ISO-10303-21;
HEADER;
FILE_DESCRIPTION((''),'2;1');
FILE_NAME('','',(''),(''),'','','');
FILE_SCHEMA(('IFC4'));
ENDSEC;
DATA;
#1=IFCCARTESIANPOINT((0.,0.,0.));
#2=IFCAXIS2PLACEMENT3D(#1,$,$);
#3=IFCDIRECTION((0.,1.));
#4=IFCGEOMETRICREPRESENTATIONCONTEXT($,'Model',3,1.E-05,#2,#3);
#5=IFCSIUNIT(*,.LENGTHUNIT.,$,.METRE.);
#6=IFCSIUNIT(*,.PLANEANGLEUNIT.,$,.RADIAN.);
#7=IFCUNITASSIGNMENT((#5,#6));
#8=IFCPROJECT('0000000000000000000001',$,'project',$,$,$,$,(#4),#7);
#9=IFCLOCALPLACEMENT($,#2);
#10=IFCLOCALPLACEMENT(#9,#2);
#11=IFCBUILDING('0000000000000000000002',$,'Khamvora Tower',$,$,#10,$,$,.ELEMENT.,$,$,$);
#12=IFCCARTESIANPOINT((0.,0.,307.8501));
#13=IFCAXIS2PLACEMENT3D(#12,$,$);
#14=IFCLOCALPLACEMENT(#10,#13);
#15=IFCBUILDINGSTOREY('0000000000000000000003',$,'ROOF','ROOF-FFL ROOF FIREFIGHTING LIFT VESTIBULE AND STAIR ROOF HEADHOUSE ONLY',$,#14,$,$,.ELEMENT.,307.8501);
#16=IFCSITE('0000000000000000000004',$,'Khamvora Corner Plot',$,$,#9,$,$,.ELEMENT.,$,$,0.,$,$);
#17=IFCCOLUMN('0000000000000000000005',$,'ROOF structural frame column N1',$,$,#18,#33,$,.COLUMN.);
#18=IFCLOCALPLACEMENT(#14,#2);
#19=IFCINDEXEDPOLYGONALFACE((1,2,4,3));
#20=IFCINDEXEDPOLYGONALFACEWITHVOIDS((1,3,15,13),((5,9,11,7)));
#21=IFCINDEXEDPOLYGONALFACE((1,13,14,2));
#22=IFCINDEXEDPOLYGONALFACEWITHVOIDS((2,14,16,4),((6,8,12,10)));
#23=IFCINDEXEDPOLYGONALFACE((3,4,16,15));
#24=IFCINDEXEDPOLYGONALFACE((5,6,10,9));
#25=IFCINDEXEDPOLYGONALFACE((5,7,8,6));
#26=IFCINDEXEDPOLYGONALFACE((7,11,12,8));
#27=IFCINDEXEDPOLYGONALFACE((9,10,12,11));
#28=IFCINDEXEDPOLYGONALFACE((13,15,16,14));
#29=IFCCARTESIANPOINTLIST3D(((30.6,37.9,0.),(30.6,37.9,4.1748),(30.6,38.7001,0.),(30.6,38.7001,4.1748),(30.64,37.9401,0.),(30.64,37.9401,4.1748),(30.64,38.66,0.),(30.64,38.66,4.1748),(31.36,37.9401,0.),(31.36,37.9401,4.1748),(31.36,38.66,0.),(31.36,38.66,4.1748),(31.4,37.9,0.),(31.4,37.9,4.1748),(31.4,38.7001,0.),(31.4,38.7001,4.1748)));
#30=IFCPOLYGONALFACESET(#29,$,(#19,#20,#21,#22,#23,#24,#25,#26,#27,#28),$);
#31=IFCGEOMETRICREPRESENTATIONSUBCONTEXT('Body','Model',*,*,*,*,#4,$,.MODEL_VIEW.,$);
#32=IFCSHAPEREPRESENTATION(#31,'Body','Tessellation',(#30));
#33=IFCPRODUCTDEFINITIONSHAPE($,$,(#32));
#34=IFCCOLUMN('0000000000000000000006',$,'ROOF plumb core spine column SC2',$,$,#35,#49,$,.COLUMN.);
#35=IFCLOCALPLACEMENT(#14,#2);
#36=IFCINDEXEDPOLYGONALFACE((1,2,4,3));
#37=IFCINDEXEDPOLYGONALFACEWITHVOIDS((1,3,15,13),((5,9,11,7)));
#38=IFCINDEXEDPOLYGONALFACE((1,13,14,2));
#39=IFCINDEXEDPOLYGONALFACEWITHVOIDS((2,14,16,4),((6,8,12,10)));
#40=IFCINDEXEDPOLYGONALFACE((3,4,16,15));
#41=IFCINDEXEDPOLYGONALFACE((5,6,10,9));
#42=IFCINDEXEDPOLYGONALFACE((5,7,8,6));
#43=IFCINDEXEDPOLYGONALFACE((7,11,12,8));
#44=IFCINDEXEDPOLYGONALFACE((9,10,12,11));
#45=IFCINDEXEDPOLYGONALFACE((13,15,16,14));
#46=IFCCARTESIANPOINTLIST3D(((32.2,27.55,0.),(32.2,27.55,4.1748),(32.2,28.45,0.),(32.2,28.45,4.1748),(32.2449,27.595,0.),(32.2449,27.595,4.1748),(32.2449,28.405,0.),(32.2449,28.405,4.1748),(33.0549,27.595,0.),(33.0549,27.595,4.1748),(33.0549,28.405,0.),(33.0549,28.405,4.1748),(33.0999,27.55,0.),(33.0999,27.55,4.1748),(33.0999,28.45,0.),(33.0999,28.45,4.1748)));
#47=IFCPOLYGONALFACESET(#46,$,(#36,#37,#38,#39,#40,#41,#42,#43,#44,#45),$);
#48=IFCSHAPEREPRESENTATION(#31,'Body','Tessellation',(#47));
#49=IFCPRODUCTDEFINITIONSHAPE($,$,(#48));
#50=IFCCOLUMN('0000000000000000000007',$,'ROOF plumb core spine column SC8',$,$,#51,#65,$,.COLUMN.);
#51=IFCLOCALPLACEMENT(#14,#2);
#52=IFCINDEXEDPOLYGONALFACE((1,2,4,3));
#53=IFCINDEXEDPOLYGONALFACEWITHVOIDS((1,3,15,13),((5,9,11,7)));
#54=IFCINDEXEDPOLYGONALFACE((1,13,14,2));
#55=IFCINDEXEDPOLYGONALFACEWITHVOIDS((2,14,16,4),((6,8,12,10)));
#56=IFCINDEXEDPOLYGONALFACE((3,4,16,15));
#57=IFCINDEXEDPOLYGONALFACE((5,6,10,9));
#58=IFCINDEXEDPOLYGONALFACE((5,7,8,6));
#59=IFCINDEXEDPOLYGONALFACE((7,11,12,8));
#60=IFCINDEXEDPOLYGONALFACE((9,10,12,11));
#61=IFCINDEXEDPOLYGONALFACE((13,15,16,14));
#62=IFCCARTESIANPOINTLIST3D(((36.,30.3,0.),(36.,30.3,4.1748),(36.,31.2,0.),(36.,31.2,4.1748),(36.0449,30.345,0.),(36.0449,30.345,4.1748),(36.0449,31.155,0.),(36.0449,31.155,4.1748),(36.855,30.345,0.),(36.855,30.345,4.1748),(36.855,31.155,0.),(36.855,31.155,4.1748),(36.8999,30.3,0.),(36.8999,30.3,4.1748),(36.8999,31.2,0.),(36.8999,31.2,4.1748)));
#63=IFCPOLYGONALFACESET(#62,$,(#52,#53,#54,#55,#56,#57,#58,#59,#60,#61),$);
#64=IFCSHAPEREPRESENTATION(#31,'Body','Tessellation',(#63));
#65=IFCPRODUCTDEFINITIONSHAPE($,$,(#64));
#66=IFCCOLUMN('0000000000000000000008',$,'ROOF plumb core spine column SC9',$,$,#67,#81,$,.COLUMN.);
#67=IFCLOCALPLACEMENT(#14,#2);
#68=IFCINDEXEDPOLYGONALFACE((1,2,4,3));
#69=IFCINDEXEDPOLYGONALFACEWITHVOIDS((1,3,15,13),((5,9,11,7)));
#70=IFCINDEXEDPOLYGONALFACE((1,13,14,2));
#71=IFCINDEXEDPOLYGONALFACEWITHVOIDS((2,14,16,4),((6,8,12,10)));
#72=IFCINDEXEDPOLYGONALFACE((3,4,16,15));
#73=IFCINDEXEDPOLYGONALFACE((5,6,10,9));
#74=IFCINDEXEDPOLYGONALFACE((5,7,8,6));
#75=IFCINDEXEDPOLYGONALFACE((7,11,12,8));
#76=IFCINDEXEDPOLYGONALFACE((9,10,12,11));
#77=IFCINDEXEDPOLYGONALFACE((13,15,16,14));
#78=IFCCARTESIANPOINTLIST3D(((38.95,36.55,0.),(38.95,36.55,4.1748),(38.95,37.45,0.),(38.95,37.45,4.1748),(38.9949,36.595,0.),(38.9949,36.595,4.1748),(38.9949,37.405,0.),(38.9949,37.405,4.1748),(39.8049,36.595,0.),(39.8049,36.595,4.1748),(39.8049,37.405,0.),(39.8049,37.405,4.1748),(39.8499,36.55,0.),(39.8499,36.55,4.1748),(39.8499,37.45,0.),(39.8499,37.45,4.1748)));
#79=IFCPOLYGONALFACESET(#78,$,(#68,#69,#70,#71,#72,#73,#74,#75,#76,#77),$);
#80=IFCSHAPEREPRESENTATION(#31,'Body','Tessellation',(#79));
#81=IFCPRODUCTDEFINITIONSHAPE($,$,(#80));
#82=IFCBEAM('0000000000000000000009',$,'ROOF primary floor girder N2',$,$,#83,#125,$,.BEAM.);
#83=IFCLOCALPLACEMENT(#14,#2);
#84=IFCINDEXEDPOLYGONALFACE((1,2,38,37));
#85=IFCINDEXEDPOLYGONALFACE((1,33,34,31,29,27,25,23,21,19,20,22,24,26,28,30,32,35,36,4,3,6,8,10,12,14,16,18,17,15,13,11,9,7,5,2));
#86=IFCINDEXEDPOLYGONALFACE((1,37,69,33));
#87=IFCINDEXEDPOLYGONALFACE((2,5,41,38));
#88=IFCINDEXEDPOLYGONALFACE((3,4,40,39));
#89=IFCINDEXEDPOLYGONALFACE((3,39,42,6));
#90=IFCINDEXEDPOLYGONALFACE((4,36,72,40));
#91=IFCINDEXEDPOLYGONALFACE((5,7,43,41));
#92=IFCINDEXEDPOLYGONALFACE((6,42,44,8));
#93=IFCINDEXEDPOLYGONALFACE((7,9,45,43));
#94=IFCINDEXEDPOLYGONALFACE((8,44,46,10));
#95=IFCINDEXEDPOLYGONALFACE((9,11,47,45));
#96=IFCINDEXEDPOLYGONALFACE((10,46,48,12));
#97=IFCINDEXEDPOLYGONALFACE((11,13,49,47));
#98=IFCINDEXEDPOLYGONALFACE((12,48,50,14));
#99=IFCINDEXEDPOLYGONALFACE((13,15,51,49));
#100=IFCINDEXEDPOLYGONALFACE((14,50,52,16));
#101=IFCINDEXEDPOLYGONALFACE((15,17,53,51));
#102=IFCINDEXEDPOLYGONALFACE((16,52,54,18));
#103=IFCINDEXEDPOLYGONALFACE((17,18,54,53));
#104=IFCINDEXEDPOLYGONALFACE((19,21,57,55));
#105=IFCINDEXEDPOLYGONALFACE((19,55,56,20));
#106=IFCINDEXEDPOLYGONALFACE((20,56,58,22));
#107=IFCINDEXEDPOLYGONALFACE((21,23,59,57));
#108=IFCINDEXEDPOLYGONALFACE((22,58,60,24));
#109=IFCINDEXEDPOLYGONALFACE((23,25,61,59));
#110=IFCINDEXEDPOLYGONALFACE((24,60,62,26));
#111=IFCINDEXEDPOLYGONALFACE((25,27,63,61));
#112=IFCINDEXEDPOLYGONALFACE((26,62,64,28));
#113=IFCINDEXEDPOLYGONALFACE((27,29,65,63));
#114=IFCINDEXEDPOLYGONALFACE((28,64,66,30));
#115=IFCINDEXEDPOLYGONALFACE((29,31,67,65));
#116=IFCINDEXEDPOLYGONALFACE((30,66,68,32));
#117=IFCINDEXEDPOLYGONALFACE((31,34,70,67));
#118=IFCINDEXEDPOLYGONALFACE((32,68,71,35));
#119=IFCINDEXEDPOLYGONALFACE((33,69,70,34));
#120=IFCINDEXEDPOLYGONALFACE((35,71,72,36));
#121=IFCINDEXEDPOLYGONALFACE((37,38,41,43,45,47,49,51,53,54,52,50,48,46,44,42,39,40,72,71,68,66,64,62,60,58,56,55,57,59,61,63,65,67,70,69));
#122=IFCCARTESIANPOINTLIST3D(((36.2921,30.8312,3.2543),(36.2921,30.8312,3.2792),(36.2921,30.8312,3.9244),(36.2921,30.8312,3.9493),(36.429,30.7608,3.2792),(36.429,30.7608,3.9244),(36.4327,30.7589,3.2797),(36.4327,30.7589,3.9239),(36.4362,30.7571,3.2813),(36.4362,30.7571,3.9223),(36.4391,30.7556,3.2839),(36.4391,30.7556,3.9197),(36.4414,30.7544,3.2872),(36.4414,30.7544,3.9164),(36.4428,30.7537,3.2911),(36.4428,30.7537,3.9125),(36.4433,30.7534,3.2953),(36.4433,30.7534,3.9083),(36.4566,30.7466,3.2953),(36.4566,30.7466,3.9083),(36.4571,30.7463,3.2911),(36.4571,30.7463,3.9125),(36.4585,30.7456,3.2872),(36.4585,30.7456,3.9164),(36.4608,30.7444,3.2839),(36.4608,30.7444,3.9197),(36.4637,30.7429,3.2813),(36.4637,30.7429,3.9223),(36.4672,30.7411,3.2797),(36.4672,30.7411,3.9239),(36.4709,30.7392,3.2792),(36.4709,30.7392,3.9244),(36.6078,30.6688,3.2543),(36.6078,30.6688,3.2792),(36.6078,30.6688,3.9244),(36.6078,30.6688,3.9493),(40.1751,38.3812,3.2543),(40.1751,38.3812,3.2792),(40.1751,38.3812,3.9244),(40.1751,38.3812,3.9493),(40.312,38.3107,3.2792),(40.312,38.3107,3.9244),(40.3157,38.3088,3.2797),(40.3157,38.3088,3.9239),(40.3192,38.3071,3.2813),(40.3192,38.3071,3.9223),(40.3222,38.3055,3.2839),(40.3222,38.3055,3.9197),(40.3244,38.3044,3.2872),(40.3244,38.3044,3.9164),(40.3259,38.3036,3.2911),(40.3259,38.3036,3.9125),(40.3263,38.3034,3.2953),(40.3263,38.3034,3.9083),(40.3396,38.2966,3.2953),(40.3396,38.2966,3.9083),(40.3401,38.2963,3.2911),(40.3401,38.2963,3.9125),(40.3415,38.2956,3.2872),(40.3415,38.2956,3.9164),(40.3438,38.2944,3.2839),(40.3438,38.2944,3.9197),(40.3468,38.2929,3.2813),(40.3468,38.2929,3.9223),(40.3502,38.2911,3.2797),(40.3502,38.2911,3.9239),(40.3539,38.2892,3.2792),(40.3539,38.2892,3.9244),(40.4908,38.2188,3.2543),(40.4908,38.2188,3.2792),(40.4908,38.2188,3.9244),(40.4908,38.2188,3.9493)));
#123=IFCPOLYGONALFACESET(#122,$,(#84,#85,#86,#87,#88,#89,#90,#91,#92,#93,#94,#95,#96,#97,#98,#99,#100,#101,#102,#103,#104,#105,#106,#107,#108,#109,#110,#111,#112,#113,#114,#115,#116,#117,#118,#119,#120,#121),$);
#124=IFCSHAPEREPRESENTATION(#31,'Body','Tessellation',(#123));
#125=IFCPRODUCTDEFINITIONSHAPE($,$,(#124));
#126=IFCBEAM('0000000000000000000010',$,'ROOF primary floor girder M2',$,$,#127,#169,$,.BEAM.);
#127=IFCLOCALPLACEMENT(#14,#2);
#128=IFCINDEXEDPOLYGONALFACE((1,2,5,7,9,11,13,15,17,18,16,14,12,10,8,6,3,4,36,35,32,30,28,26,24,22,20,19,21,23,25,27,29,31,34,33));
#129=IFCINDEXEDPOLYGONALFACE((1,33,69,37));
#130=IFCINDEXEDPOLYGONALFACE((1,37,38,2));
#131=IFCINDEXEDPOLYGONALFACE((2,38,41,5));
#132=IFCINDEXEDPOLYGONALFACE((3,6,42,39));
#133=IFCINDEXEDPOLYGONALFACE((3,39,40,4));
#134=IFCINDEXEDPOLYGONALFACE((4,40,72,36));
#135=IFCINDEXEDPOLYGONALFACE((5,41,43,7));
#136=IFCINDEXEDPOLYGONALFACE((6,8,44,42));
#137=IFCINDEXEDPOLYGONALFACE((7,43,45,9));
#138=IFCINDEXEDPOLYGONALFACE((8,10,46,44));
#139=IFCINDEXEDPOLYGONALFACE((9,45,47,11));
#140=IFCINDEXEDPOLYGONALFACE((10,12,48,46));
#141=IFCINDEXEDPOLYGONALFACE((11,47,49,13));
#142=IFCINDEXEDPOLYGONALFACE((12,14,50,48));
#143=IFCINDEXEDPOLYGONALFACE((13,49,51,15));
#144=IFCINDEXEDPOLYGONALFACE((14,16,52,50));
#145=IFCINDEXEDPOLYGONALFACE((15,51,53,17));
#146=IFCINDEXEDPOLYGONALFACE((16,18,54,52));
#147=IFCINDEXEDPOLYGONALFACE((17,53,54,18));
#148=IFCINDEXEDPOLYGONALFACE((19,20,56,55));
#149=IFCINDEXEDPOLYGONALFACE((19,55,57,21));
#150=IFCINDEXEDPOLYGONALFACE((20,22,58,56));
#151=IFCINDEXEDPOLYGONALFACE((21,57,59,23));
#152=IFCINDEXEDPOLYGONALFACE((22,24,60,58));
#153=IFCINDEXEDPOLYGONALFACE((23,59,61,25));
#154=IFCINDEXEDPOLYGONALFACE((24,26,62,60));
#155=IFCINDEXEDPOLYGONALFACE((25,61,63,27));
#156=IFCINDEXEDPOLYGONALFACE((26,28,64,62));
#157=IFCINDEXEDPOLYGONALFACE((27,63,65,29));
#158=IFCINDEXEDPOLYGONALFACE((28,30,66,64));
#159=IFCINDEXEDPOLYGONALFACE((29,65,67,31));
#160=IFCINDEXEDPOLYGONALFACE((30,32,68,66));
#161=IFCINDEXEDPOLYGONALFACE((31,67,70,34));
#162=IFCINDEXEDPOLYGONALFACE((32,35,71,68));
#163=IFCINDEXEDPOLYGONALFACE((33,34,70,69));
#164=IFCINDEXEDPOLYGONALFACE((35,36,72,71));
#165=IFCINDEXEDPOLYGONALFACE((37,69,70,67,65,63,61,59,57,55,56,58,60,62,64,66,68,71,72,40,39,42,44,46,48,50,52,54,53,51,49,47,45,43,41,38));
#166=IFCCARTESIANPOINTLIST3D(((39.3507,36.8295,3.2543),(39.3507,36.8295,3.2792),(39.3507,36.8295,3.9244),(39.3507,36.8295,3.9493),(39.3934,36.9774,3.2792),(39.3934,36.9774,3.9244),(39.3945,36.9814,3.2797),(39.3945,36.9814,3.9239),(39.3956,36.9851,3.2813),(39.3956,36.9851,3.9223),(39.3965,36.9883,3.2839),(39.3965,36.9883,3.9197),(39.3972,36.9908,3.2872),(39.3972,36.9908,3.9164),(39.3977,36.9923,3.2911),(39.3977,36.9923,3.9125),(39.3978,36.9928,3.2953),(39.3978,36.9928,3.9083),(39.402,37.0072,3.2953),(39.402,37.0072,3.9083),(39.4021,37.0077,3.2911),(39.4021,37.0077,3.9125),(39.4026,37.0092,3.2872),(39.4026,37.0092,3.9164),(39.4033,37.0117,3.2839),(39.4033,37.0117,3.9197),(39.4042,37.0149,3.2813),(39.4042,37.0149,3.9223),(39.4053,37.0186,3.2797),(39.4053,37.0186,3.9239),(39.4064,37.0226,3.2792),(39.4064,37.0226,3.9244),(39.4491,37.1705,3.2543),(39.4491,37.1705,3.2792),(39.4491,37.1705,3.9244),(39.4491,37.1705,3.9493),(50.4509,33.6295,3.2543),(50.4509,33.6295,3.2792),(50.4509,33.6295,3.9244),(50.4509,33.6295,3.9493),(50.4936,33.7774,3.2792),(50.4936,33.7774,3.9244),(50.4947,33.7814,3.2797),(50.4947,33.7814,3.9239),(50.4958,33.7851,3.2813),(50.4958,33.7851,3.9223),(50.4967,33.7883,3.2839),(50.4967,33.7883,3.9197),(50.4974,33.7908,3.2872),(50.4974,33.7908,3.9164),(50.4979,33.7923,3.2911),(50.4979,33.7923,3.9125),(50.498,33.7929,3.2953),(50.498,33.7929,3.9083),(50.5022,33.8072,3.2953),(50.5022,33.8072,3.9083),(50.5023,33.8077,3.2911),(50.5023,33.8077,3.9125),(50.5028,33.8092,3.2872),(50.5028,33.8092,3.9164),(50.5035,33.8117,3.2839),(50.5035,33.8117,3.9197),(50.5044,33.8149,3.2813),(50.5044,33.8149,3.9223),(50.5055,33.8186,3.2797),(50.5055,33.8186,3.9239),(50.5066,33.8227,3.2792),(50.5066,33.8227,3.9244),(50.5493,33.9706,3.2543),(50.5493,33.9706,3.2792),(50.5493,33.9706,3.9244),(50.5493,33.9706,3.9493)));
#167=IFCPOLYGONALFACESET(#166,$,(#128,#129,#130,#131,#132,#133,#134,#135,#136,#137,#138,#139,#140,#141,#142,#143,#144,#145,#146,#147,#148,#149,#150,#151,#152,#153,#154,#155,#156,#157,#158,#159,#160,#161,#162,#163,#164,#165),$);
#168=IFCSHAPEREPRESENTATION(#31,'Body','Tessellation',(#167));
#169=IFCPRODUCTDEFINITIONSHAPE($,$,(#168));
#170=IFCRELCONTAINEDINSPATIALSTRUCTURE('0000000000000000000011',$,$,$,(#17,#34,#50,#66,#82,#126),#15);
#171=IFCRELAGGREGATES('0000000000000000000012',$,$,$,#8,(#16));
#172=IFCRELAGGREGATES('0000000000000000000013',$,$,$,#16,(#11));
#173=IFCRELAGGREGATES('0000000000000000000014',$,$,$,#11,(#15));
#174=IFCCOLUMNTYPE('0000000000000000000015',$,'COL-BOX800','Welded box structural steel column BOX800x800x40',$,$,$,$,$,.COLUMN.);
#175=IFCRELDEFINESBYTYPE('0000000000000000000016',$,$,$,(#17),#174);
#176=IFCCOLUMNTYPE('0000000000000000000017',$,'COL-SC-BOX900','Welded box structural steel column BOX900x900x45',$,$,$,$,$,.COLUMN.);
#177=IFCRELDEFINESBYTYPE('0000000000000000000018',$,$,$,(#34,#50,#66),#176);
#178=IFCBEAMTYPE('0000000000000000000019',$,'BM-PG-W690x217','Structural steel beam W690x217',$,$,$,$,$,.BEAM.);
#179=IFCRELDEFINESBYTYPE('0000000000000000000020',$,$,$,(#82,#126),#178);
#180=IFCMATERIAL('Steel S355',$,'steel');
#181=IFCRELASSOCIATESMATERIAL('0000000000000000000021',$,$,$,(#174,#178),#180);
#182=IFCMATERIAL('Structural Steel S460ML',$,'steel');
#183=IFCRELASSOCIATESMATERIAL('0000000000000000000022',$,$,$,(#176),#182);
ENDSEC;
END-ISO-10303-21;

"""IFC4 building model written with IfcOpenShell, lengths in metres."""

from ifc_helpers import new_model, si_unit, direction, frame, origin, origin_2d, place, context, subcontext, project, spatial, hollow_rectangle, i_section, extrude, material, material_profile, profile_set, type_object, element, save


model = new_model("IFC4")

# Units and contexts
model_context = context("Model", 3, precision=1e-05, world=origin(), true_north=direction((0.0, 1.0)))
body_context = subcontext(model_context, "Body", "Model", "MODEL_VIEW")
ifc_project = project(units=[si_unit("LENGTHUNIT", "METRE"), si_unit("PLANEANGLEUNIT", "RADIAN")], contexts=[model_context])

# Site, building, storey
site_placement = place(None, origin())
site = spatial("IfcSite", under=ifc_project, at=site_placement, Name="Khamvora Corner Plot", CompositionType="ELEMENT", RefElevation=0.0)
building_placement = place(site_placement, origin())
building = spatial("IfcBuilding", under=site, at=building_placement, Name="Khamvora Tower", CompositionType="ELEMENT")
storey_placement = place(building_placement, frame((0.0, 0.0, 307.8501)))
storey = spatial("IfcBuildingStorey", under=building, at=storey_placement, Name="ROOF", Description="ROOF-FFL ROOF FIREFIGHTING LIFT VESTIBULE AND STAIR ROOF HEADHOUSE ONLY", CompositionType="ELEMENT", Elevation=307.8501)

# Columns
ifc_material_1 = material(Name="Steel S355", Category="steel")
ifc_material_profile_1 = material_profile(ifc_material_1, hollow_rectangle(XDim=0.8, YDim=0.8, WallThickness=0.04, at=origin_2d()), Name="BOX800x800x40")
ifc_profile_set_1 = profile_set([ifc_material_profile_1], Name="Steel S355")
column_type_1 = type_object("IfcColumnType", Name="COL-BOX800", Description="Welded box structural steel column BOX800x800x40", PredefinedType="COLUMN", material=ifc_profile_set_1)
column_placement = place(storey_placement, frame((31.0, 38.3, 0.0), z_axis=(0.0, 0.0, 1.0), x_axis=(1.0, 0.0, 0.0)))
element("IfcColumn", 1, at=column_placement, inside=storey, type_object=column_type_1, Name="ROOF structural frame column N1", PredefinedType="COLUMN", context=body_context, shape_type="SweptSolid", body=[
    extrude(hollow_rectangle(XDim=0.8, YDim=0.8, WallThickness=0.04, at=origin_2d()), origin(), (0.0, 0.0, 1.0), 4.1748),
])
ifc_material_2 = material(Name="Structural Steel S460ML", Category="steel")
ifc_material_profile_2 = material_profile(ifc_material_2, hollow_rectangle(XDim=0.8999, YDim=0.8999, WallThickness=0.0449, at=origin_2d()), Name="BOX900x900x45")
ifc_profile_set_2 = profile_set([ifc_material_profile_2], Name="Structural Steel S460ML")
column_type_2 = type_object("IfcColumnType", Name="COL-SC-BOX900", Description="Welded box structural steel column BOX900x900x45", PredefinedType="COLUMN", material=ifc_profile_set_2)
for number, where, z_axis, x_axis, name in (
    (2, (32.6499, 28.0, 0.0), (0.0, 0.0, 1.0), (1.0, 0.0, 0.0), "ROOF plumb core spine column SC2"),
    (3, (36.45, 30.75, 0.0), (0.0, 0.0, 1.0), (1.0, 0.0, 0.0), "ROOF plumb core spine column SC8"),
    (4, (39.3999, 37.0, 0.0), (0.0, 0.0, 1.0), (1.0, 0.0, 0.0), "ROOF plumb core spine column SC9"),
):
    element("IfcColumn", number, at=place(storey_placement, frame(where, z_axis=z_axis, x_axis=x_axis)), inside=storey, type_object=column_type_2, Name=name, PredefinedType="COLUMN", context=body_context, shape_type="SweptSolid", body=[
        extrude(hollow_rectangle(XDim=0.8999, YDim=0.8999, WallThickness=0.0449, at=origin_2d()), origin(), (0.0, 0.0, 1.0), 4.1748),
    ])

# Beams
ifc_material_profile_3 = material_profile(ifc_material_1, i_section(OverallWidth=0.355, OverallDepth=0.6951, WebThickness=0.0149, FlangeThickness=0.0249, FilletRadius=0.0161, at=origin_2d()), Name="W690x217")
ifc_profile_set_3 = profile_set([ifc_material_profile_3], Name="Steel S355")
beam_type_1 = type_object("IfcBeamType", Name="BM-PG-W690x217", Description="Structural steel beam W690x217", PredefinedType="BEAM", material=ifc_profile_set_3)
beam_1_placement = place(storey_placement, frame((36.45, 30.75, 3.6018), z_axis=(0.457364, 0.889279, 0.0), x_axis=(-0.889279, 0.457364, 0.0)))
element("IfcBeam", 5, at=beam_1_placement, inside=storey, type_object=beam_type_1, Name="ROOF primary floor girder N2", PredefinedType="BEAM", context=body_context, shape_type="SweptSolid", body=[
    extrude(i_section(OverallWidth=0.355, OverallDepth=0.6951, WebThickness=0.0149, FlangeThickness=0.0249, FilletRadius=0.0161, at=origin_2d()), origin(), (0.0, 0.0, 1.0), 8.49),
])
beam_2_placement = place(storey_placement, frame((39.3999, 37.0, 3.6018), z_axis=(0.96087, -0.277001, 0.0), x_axis=(0.277001, 0.96087, 0.0)))
element("IfcBeam", 6, at=beam_2_placement, inside=storey, type_object=beam_type_1, Name="ROOF primary floor girder M2", PredefinedType="BEAM", context=body_context, shape_type="SweptSolid", body=[
    extrude(i_section(OverallWidth=0.355, OverallDepth=0.6951, WebThickness=0.0149, FlangeThickness=0.0249, FilletRadius=0.0161, at=origin_2d()), origin(), (0.0, 0.0, 1.0), 11.5522),
])

save(model, "model.ifc")
